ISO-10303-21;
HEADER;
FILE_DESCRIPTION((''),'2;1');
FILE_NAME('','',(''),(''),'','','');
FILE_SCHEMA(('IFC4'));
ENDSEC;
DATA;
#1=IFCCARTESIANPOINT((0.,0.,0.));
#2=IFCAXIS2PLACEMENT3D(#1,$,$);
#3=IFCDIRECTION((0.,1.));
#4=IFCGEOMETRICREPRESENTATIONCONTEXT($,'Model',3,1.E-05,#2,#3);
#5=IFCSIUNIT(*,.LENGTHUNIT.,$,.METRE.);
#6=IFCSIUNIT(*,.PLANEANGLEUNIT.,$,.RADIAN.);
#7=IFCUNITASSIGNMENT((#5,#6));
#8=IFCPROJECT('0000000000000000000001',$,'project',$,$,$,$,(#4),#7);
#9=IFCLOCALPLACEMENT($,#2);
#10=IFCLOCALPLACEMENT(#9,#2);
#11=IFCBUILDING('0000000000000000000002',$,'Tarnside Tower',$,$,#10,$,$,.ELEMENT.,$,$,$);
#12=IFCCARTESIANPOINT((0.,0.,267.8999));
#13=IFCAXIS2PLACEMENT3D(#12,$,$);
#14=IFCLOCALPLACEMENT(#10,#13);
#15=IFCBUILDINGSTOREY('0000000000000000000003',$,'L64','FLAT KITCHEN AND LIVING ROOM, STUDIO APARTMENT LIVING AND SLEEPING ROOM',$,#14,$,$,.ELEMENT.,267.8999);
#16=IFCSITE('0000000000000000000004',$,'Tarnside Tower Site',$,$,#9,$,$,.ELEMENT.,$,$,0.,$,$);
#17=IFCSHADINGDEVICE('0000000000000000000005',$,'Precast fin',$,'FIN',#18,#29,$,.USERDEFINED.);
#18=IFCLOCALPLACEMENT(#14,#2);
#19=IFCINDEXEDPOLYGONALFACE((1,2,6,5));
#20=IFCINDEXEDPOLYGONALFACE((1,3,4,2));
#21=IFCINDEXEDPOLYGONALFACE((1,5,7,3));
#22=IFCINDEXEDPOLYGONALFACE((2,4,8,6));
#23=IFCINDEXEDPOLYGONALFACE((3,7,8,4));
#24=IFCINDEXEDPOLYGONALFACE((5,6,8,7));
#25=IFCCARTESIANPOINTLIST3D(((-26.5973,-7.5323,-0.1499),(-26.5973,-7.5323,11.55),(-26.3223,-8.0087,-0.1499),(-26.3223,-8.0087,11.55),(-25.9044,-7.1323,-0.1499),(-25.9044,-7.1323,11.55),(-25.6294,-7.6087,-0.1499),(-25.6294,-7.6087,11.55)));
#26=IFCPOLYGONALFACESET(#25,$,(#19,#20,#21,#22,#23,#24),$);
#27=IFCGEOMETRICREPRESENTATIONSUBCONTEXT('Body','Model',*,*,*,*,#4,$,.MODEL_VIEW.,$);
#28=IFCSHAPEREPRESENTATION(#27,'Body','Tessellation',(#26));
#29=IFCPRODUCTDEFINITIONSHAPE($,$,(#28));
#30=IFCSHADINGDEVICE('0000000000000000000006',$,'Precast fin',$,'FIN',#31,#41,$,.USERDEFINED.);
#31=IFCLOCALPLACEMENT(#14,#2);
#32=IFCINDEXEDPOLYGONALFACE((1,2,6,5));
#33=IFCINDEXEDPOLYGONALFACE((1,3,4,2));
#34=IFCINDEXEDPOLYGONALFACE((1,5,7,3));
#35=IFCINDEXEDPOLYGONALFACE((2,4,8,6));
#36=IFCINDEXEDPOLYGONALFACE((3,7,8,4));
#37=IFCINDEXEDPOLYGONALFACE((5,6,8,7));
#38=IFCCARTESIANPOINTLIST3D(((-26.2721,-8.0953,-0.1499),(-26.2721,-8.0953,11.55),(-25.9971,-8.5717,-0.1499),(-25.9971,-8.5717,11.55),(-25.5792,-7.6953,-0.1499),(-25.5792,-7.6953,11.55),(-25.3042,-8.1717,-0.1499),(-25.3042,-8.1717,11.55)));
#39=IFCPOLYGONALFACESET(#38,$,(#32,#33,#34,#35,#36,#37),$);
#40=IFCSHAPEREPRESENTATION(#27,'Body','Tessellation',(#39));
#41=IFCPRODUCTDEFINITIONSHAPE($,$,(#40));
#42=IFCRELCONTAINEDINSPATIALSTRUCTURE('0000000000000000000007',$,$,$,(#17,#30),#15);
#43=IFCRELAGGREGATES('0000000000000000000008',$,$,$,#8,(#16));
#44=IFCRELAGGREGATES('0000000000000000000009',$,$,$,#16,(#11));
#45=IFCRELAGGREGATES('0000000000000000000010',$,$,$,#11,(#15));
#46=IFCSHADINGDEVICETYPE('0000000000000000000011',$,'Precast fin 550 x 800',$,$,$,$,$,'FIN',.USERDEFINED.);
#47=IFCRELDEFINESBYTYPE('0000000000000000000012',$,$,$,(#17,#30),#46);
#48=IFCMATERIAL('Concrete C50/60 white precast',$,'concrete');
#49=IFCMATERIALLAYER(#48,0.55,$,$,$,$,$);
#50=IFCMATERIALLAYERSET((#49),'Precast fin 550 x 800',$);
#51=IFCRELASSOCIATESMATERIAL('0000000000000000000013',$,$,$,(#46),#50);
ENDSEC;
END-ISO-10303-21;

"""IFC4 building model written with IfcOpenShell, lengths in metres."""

from ifc_helpers import new_model, si_unit, direction, frame, origin, place, context, subcontext, project, spatial, polyline, outline, extrude, material, layer, layer_set, type_object, element, save


model = new_model("IFC4")

# Units and contexts
model_context = context("Model", 3, precision=1e-05, world=origin(), true_north=direction((0.0, 1.0)))
body_context = subcontext(model_context, "Body", "Model", "MODEL_VIEW")
ifc_project = project(units=[si_unit("LENGTHUNIT", "METRE"), si_unit("PLANEANGLEUNIT", "RADIAN")], contexts=[model_context])

# Site, building, storey
site_placement = place(None, origin())
site = spatial("IfcSite", under=ifc_project, at=site_placement, Name="Tarnside Tower Site", CompositionType="ELEMENT", RefElevation=0.0)
building_placement = place(site_placement, origin())
building = spatial("IfcBuilding", under=site, at=building_placement, Name="Tarnside Tower", CompositionType="ELEMENT")
storey_placement = place(building_placement, frame((0.0, 0.0, 267.8999)))
storey = spatial("IfcBuildingStorey", under=building, at=storey_placement, Name="L64", Description="FLAT KITCHEN AND LIVING ROOM, STUDIO APARTMENT LIVING AND SLEEPING ROOM", CompositionType="ELEMENT", Elevation=267.8999)

# Shading devices
ifc_material_1 = material(Name="Concrete C50/60 white precast", Category="concrete")
ifc_layer_1 = layer(ifc_material_1, 0.55)
ifc_layer_set_1 = layer_set([ifc_layer_1], Name="Precast fin 550 x 800")
shading_device_type_1 = type_object("IfcShadingDeviceType", Name="Precast fin 550 x 800", ElementType="FIN", PredefinedType="USERDEFINED", material=ifc_layer_set_1)
for number, where, z_axis, x_axis, name in (
    (1, (-25.7668, -7.3706, -0.1499), (-0.5, 0.866025, 0.0), (-0.866025, -0.5, 0.0), "Precast fin"),
    (2, (-25.4417, -7.9336, -0.1499), (-0.5, 0.866025, 0.0), (-0.866025, -0.5, 0.0), "Precast fin"),
):
    element("IfcShadingDevice", number, at=place(storey_placement, frame(where, z_axis=z_axis, x_axis=x_axis)), inside=storey, type_object=shading_device_type_1, Name=name, ObjectType="FIN", PredefinedType="USERDEFINED", context=body_context, shape_type="SweptSolid", body=[
        extrude(outline(polyline([(0.0, 0.0), (0.8, 0.0), (0.8, 11.7), (0.0, 11.7), (0.0, 0.0)])), frame((0.0, 0.0, -0.2749)), (0.0, 0.0, 1.0), 0.55),
    ])

save(model, "model.ifc")
